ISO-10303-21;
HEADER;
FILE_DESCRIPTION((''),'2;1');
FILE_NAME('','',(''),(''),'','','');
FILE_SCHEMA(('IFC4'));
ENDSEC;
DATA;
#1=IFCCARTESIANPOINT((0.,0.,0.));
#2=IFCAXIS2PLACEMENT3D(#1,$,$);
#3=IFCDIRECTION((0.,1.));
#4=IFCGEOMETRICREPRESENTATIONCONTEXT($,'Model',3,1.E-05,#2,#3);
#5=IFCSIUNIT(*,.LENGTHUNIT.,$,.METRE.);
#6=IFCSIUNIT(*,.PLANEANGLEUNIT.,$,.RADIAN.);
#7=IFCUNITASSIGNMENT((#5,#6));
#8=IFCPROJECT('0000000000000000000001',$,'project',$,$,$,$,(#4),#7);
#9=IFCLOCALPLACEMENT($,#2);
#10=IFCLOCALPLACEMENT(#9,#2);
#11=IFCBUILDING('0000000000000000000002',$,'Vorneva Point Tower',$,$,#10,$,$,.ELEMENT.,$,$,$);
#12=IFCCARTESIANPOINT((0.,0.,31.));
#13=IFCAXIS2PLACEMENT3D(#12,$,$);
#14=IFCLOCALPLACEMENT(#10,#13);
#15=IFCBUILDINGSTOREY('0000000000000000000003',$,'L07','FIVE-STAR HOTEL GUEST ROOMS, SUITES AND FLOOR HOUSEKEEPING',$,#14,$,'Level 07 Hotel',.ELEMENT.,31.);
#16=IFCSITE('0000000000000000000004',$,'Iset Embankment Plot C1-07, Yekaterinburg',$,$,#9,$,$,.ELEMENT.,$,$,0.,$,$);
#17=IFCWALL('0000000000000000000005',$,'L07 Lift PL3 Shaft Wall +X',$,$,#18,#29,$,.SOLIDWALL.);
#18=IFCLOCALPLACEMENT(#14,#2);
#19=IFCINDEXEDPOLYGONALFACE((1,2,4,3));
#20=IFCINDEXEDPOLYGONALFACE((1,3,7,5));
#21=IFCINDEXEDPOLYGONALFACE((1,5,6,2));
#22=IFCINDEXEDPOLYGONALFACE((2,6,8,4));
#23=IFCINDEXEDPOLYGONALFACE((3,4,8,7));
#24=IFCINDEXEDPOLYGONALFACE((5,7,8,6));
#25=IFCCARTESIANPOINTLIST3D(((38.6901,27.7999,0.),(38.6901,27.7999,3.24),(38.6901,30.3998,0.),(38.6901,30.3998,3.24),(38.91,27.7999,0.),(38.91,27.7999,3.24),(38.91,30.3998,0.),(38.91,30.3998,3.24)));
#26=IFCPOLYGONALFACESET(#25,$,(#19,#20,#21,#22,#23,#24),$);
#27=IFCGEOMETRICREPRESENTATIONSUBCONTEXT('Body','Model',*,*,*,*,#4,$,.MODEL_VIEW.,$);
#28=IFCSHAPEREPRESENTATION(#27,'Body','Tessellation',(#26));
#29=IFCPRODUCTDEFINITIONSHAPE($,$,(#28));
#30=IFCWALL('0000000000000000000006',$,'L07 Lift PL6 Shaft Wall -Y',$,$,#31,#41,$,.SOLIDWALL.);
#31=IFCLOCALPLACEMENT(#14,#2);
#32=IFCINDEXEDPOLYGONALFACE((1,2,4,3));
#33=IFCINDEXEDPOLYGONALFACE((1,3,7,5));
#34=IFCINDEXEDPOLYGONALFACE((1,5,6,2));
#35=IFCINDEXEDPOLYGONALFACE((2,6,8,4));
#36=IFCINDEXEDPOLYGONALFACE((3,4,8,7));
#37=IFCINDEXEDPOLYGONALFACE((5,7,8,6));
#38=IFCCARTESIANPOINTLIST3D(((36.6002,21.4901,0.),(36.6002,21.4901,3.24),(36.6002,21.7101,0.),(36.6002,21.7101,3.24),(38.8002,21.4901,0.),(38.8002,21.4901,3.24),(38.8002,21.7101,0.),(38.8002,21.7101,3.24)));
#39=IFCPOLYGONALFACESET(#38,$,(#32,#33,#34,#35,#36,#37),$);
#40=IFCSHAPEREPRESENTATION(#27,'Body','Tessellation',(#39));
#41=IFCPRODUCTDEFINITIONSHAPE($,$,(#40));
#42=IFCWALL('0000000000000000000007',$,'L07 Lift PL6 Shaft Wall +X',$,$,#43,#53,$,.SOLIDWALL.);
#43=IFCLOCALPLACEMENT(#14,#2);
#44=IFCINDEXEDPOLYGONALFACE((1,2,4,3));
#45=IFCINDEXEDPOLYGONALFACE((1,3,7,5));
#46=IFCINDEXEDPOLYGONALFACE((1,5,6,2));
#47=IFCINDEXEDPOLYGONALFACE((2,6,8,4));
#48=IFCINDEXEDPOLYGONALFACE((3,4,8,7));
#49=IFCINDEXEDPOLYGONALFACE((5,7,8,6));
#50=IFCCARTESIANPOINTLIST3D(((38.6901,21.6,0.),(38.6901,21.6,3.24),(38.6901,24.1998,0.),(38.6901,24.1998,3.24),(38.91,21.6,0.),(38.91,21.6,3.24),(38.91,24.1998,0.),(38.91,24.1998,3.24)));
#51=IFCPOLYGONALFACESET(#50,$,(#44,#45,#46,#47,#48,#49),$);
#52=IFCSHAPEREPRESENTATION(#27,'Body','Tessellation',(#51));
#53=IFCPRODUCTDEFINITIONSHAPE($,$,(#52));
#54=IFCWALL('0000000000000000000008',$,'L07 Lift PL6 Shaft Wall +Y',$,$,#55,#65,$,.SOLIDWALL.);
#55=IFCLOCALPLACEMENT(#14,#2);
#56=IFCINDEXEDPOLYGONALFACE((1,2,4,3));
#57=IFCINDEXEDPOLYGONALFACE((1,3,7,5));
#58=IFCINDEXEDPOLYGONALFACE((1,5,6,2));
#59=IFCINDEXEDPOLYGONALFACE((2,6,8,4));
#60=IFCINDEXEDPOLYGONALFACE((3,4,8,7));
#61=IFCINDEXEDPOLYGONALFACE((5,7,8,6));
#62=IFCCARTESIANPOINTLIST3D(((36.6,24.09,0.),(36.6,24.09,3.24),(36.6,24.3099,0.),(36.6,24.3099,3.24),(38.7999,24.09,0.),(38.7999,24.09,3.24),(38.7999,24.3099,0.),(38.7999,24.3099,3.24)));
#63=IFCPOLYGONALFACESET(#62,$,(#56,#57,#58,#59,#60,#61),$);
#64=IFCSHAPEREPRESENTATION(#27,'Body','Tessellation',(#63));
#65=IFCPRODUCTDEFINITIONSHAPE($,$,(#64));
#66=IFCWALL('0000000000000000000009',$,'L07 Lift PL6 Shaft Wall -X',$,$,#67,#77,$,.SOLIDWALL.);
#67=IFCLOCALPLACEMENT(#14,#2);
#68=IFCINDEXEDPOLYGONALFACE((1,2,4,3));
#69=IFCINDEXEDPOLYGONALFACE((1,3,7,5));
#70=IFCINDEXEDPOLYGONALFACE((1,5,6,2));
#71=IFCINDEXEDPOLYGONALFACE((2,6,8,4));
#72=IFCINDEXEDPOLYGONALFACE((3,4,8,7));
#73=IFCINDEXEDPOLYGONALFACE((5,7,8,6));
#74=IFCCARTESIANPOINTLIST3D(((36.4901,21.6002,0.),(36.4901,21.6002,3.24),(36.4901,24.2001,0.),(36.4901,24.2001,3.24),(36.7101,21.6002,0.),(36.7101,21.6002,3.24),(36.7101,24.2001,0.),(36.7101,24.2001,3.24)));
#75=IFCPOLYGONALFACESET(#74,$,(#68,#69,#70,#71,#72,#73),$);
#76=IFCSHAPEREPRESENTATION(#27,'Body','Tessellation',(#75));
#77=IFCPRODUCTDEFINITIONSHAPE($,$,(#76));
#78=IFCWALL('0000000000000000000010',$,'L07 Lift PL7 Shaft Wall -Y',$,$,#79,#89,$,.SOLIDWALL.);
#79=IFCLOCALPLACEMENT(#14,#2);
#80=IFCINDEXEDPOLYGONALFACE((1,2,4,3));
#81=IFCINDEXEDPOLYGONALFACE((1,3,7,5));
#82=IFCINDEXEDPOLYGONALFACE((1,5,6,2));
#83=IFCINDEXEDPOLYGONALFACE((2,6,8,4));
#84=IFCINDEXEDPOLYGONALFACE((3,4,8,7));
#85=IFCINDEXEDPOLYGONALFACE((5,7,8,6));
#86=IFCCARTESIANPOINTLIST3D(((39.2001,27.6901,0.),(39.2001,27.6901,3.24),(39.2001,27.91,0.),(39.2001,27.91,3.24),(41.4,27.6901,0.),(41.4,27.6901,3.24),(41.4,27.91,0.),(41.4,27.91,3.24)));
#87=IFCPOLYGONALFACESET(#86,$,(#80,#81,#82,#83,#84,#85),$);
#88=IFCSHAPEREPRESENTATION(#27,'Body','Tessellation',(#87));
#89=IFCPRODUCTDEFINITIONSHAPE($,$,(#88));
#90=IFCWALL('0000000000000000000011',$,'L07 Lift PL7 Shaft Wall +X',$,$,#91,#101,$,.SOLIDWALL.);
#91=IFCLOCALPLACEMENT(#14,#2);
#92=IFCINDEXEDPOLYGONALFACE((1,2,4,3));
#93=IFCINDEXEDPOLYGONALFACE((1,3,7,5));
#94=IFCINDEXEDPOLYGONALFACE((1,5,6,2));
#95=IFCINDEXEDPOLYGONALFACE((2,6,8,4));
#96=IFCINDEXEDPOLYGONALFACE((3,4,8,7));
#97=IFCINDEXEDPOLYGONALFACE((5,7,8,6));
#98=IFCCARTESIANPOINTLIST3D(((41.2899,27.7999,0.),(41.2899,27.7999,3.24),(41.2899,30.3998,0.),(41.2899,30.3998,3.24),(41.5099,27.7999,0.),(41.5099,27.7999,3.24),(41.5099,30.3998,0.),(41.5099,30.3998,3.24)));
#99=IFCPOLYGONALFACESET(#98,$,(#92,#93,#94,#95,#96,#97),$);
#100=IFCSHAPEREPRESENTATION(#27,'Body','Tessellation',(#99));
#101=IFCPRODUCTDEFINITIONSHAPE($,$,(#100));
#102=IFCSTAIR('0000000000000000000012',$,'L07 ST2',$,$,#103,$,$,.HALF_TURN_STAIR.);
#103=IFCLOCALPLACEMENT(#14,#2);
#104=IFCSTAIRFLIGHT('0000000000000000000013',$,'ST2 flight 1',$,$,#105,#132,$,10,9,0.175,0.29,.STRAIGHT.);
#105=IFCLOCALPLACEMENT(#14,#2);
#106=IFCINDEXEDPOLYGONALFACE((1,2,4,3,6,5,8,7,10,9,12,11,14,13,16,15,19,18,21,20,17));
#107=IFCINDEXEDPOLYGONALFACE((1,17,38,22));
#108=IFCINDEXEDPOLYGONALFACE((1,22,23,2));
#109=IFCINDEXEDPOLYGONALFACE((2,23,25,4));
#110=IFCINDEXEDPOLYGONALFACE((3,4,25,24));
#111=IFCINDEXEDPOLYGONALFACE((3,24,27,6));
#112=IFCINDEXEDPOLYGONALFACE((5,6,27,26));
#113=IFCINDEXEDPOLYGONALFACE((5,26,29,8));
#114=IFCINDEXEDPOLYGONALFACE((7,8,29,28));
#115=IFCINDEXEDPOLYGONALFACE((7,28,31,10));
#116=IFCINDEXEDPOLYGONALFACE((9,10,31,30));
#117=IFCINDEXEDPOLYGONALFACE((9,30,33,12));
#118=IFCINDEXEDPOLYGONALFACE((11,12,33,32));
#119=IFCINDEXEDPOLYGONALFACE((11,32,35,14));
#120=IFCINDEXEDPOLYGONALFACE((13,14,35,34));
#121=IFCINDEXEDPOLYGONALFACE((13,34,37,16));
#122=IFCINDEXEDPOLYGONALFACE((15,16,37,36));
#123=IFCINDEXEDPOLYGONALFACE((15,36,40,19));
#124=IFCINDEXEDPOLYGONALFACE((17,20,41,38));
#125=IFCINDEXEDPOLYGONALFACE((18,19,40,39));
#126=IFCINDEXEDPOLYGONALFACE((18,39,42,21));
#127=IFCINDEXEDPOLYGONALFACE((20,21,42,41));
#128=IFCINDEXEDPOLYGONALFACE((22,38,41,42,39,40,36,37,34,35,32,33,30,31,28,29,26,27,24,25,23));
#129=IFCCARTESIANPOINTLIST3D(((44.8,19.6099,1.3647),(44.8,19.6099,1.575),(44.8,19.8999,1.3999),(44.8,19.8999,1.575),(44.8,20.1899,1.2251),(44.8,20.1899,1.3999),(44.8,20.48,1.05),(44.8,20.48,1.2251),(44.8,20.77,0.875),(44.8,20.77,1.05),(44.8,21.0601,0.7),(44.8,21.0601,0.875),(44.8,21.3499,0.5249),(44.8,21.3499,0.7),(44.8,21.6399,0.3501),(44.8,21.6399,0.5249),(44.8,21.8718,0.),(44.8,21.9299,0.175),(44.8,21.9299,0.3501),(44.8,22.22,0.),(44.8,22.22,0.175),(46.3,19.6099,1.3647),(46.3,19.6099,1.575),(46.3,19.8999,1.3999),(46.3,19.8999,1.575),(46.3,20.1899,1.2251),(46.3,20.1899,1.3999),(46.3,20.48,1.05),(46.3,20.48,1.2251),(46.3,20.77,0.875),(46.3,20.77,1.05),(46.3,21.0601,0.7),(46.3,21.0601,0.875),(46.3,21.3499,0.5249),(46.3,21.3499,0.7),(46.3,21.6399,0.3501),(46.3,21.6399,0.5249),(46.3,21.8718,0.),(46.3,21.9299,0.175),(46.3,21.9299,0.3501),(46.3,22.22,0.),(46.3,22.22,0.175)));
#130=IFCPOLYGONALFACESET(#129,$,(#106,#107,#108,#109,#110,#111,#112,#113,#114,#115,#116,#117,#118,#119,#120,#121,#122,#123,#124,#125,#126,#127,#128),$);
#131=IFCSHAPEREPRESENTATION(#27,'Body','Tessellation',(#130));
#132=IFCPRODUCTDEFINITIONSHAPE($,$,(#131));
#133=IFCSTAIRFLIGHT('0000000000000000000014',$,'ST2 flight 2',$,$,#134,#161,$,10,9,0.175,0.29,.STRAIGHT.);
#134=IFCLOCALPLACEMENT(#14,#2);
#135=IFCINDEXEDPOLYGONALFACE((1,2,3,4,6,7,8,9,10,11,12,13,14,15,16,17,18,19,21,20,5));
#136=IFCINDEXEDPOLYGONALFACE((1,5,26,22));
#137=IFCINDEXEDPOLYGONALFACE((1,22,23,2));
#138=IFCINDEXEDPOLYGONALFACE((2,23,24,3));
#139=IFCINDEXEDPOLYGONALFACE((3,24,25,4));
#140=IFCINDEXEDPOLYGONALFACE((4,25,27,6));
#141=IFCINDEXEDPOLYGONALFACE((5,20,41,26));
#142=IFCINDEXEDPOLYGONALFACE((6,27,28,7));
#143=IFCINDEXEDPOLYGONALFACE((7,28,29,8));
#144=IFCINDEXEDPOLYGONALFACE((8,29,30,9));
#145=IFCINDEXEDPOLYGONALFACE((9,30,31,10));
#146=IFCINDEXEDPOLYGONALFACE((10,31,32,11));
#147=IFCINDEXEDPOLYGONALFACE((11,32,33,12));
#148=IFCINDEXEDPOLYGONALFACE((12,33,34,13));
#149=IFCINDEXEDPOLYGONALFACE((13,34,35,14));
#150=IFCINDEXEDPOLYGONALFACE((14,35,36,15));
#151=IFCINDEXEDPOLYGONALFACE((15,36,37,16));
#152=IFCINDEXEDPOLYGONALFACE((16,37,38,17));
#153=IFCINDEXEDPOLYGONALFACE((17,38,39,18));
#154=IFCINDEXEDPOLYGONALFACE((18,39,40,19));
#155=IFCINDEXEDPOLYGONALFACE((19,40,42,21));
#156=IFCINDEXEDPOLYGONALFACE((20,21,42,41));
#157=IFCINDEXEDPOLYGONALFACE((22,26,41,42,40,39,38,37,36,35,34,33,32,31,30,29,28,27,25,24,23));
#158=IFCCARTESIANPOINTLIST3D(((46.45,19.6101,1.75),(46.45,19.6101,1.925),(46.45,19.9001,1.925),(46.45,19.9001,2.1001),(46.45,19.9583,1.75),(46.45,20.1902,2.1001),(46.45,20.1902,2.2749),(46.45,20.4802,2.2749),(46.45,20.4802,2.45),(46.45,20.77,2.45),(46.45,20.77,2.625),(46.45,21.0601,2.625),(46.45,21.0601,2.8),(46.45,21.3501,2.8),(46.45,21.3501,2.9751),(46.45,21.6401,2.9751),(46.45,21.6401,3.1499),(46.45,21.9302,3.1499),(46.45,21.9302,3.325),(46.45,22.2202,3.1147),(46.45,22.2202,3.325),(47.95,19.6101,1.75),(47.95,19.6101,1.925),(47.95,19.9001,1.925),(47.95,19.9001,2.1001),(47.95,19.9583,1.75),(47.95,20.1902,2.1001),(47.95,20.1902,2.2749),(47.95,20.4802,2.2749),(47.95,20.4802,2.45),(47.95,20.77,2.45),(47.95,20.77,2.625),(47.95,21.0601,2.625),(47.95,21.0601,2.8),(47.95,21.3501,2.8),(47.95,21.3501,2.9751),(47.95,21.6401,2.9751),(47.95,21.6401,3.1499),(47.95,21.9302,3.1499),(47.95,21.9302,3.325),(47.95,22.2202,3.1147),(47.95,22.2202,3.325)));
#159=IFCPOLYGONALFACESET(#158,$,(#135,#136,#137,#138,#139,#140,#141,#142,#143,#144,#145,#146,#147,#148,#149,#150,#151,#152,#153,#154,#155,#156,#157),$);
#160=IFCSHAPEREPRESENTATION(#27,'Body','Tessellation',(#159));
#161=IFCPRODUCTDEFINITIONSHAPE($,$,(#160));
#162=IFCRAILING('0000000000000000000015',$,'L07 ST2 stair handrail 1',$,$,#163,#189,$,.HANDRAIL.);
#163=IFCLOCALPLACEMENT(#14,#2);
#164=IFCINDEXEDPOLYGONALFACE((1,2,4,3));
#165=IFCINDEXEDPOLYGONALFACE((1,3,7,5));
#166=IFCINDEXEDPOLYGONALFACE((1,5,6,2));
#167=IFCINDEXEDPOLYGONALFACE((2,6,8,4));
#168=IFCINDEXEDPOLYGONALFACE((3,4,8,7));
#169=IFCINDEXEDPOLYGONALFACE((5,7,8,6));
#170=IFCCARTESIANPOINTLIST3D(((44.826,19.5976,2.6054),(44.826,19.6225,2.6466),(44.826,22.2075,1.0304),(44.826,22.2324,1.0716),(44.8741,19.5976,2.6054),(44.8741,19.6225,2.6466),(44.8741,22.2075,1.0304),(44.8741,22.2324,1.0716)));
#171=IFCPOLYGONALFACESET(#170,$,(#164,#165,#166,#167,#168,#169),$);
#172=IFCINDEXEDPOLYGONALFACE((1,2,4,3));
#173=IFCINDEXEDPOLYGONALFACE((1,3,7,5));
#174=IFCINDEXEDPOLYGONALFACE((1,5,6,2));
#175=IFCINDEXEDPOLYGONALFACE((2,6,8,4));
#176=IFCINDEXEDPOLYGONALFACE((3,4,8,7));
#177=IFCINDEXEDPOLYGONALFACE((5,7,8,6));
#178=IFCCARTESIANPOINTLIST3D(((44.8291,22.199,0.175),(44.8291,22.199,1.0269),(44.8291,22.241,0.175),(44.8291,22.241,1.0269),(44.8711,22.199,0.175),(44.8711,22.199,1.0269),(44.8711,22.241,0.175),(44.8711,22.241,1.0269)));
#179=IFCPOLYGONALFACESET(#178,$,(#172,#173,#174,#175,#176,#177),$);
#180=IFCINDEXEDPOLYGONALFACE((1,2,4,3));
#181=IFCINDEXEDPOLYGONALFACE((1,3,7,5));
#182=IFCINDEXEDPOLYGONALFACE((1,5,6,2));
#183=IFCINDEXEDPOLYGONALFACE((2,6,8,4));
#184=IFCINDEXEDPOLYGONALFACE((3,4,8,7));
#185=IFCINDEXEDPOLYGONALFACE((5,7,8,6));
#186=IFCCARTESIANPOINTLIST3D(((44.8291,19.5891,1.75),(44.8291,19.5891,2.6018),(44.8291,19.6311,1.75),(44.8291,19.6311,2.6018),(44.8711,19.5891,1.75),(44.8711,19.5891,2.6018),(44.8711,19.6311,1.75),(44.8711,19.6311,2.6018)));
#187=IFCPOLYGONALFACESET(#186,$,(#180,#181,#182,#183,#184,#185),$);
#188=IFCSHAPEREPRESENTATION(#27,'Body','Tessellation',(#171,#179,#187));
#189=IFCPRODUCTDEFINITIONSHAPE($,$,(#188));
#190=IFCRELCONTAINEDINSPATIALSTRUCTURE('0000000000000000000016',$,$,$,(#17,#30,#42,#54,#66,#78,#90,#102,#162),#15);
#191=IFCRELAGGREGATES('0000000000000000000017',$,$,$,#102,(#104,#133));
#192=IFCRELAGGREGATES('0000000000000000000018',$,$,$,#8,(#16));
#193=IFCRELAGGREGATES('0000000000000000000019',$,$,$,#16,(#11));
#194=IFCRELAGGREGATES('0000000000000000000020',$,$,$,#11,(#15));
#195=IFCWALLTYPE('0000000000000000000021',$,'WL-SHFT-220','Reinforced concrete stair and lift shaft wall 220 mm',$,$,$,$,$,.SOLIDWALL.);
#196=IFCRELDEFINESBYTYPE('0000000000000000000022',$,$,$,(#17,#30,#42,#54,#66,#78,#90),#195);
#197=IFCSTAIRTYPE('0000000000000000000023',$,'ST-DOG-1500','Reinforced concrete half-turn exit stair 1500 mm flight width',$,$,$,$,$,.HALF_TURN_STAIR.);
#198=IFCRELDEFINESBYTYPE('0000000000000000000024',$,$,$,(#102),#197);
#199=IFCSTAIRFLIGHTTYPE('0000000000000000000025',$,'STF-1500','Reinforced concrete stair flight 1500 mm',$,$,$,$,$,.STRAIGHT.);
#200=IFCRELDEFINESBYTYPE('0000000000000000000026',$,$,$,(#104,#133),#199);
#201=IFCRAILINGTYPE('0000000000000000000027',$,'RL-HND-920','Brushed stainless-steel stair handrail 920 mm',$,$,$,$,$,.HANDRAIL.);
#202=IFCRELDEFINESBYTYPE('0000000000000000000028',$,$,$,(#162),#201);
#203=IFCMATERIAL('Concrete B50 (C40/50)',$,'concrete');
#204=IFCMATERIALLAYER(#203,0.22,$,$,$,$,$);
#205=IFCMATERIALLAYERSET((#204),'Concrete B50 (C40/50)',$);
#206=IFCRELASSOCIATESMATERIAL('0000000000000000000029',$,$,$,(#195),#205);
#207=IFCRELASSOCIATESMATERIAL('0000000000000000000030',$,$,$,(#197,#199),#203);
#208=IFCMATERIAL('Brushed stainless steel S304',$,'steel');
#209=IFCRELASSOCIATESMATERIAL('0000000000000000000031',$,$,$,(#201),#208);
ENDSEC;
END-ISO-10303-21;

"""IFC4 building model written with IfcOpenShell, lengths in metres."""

from ifc_helpers import new_model, si_unit, direction, frame, frame_2d, origin, origin_2d, place, context, subcontext, project, spatial, polyline, rectangle, outline, extrude, material, layer, layer_set, type_object, element, aggregate, save


model = new_model("IFC4")

# Units and contexts
model_context = context("Model", 3, precision=1e-05, world=origin(), true_north=direction((0.0, 1.0)))
body_context = subcontext(model_context, "Body", "Model", "MODEL_VIEW")
ifc_project = project(units=[si_unit("LENGTHUNIT", "METRE"), si_unit("PLANEANGLEUNIT", "RADIAN")], contexts=[model_context])

# Site, building, storey
site_placement = place(None, origin())
site = spatial("IfcSite", under=ifc_project, at=site_placement, Name="Iset Embankment Plot C1-07, Yekaterinburg", CompositionType="ELEMENT", RefElevation=0.0)
building_placement = place(site_placement, origin())
building = spatial("IfcBuilding", under=site, at=building_placement, Name="Vorneva Point Tower", CompositionType="ELEMENT")
storey_placement = place(building_placement, frame((0.0, 0.0, 31.0)))
storey = spatial("IfcBuildingStorey", under=building, at=storey_placement, Name="L07", Description="FIVE-STAR HOTEL GUEST ROOMS, SUITES AND FLOOR HOUSEKEEPING", LongName="Level 07 Hotel", CompositionType="ELEMENT", Elevation=31.0)

# Shared definitions
ifc_material_1 = material(Name="Concrete B50 (C40/50)", Category="concrete")
ifc_layer_1 = layer(ifc_material_1, 0.22)
ifc_layer_set_1 = layer_set([ifc_layer_1], Name="Concrete B50 (C40/50)")
wall_type_1 = type_object("IfcWallType", Name="WL-SHFT-220", Description="Reinforced concrete stair and lift shaft wall 220 mm", PredefinedType="SOLIDWALL", material=ifc_layer_set_1)

# Shared definitions
ifc_material_2 = material(Name="Brushed stainless steel S304", Category="steel")

# Walls
wall_1_placement = place(storey_placement, frame((38.8, 27.8, 0.0), z_axis=(0.0, 0.0, 1.0), x_axis=(0.0, 1.0, 0.0)))
element("IfcWall", 1, at=wall_1_placement, inside=storey, type_object=wall_type_1, Name="L07 Lift PL3 Shaft Wall +X", PredefinedType="SOLIDWALL", context=body_context, shape_type="SweptSolid", body=[
    extrude(rectangle(XDim=2.5999, YDim=0.22, at=frame_2d((1.2998, 0.0))), origin(), (0.0, 0.0, 1.0), 3.24),
])
wall_2_placement = place(storey_placement, frame((36.6001, 21.6001, 0.0), z_axis=(0.0, 0.0, 1.0), x_axis=(1.0, 0.0, 0.0)))
element("IfcWall", 2, at=wall_2_placement, inside=storey, type_object=wall_type_1, Name="L07 Lift PL6 Shaft Wall -Y", PredefinedType="SOLIDWALL", context=body_context, shape_type="SweptSolid", body=[
    extrude(rectangle(XDim=2.2, YDim=0.22, at=frame_2d((1.1001, 0.0))), origin(), (0.0, 0.0, 1.0), 3.24),
])
wall_3_placement = place(storey_placement, frame((38.8, 21.6001, 0.0), z_axis=(0.0, 0.0, 1.0), x_axis=(0.0, 1.0, 0.0)))
element("IfcWall", 3, at=wall_3_placement, inside=storey, type_object=wall_type_1, Name="L07 Lift PL6 Shaft Wall +X", PredefinedType="SOLIDWALL", context=body_context, shape_type="SweptSolid", body=[
    extrude(rectangle(XDim=2.5999, YDim=0.22, at=frame_2d((1.2998, 0.0))), origin(), (0.0, 0.0, 1.0), 3.24),
])
wall_4_placement = place(storey_placement, frame((38.8, 24.2, 0.0), z_axis=(0.0, 0.0, 1.0), x_axis=(-1.0, 0.0, 0.0)))
element("IfcWall", 4, at=wall_4_placement, inside=storey, type_object=wall_type_1, Name="L07 Lift PL6 Shaft Wall +Y", PredefinedType="SOLIDWALL", context=body_context, shape_type="SweptSolid", body=[
    extrude(rectangle(XDim=2.2, YDim=0.22, at=frame_2d((1.1001, 0.0))), origin(), (0.0, 0.0, 1.0), 3.24),
])
wall_5_placement = place(storey_placement, frame((36.6001, 24.2, 0.0), z_axis=(0.0, 0.0, 1.0), x_axis=(0.0, -1.0, 0.0)))
element("IfcWall", 5, at=wall_5_placement, inside=storey, type_object=wall_type_1, Name="L07 Lift PL6 Shaft Wall -X", PredefinedType="SOLIDWALL", context=body_context, shape_type="SweptSolid", body=[
    extrude(rectangle(XDim=2.5999, YDim=0.22, at=frame_2d((1.2998, 0.0))), origin(), (0.0, 0.0, 1.0), 3.24),
])
wall_6_placement = place(storey_placement, frame((39.2, 27.8, 0.0), z_axis=(0.0, 0.0, 1.0), x_axis=(1.0, 0.0, 0.0)))
element("IfcWall", 6, at=wall_6_placement, inside=storey, type_object=wall_type_1, Name="L07 Lift PL7 Shaft Wall -Y", PredefinedType="SOLIDWALL", context=body_context, shape_type="SweptSolid", body=[
    extrude(rectangle(XDim=2.2, YDim=0.22, at=frame_2d((1.1001, 0.0))), origin(), (0.0, 0.0, 1.0), 3.24),
])
wall_7_placement = place(storey_placement, frame((41.3999, 27.8, 0.0), z_axis=(0.0, 0.0, 1.0), x_axis=(0.0, 1.0, 0.0)))
element("IfcWall", 7, at=wall_7_placement, inside=storey, type_object=wall_type_1, Name="L07 Lift PL7 Shaft Wall +X", PredefinedType="SOLIDWALL", context=body_context, shape_type="SweptSolid", body=[
    extrude(rectangle(XDim=2.5999, YDim=0.22, at=frame_2d((1.2998, 0.0))), origin(), (0.0, 0.0, 1.0), 3.24),
])

# Stair, stair flights
stair_type = type_object("IfcStairType", Name="ST-DOG-1500", Description="Reinforced concrete half-turn exit stair 1500 mm flight width", PredefinedType="HALF_TURN_STAIR", material=ifc_material_1)
stair_placement = place(storey_placement, origin())
stair = element("IfcStair", 8, at=stair_placement, inside=storey, type_object=stair_type, Name="L07 ST2", PredefinedType="HALF_TURN_STAIR")
stair_flight_type = type_object("IfcStairFlightType", Name="STF-1500", Description="Reinforced concrete stair flight 1500 mm", PredefinedType="STRAIGHT", material=ifc_material_1)
stair_flight_1_placement = place(storey_placement, frame((45.55, 22.22, 0.0), z_axis=(0.0, 0.0, 1.0), x_axis=(0.0, -1.0, 0.0)))
stair_flight_1 = element("IfcStairFlight", 9, at=stair_flight_1_placement, type_object=stair_flight_type, Name="ST2 flight 1", NumberOfRisers=10, NumberOfTreads=9, PredefinedType="STRAIGHT", RiserHeight=0.175, TreadLength=0.29, context=body_context, shape_type="SweptSolid", body=[
    extrude(outline(polyline([(0.0, 0.0), (0.0, 0.175), (0.29, 0.175), (0.29, 0.3501), (0.5801, 0.3501), (0.5801, 0.5249), (0.8701, 0.5249), (0.8701, 0.7), (1.1599, 0.7), (1.1599, 0.875), (1.45, 0.875), (1.45, 1.05), (1.74, 1.05), (1.74, 1.2251), (2.03, 1.2251), (2.03, 1.3999), (2.3201, 1.3999), (2.3201, 1.575), (2.6101, 1.575), (2.6101, 1.75), (2.6101, 1.3647), (0.3481, 0.0), (0.0, 0.0)])), frame((0.0, 0.75, 0.0), z_axis=(0.0, -1.0, 0.0), x_axis=(1.0, 0.0, 0.0)), (0.0, 0.0, 1.0), 1.5),
])
stair_flight_2_placement = place(storey_placement, frame((47.2, 19.6101, 1.75), z_axis=(0.0, 0.0, 1.0), x_axis=(0.0, 1.0, 0.0)))
stair_flight_2 = element("IfcStairFlight", 10, at=stair_flight_2_placement, type_object=stair_flight_type, Name="ST2 flight 2", NumberOfRisers=10, NumberOfTreads=9, PredefinedType="STRAIGHT", RiserHeight=0.175, TreadLength=0.29, context=body_context, shape_type="SweptSolid", body=[
    extrude(outline(polyline([(0.0, 0.0), (0.0, 0.175), (0.29, 0.175), (0.29, 0.3501), (0.5801, 0.3501), (0.5801, 0.5249), (0.8701, 0.5249), (0.8701, 0.7), (1.1599, 0.7), (1.1599, 0.875), (1.45, 0.875), (1.45, 1.05), (1.74, 1.05), (1.74, 1.2251), (2.03, 1.2251), (2.03, 1.3999), (2.3201, 1.3999), (2.3201, 1.575), (2.6101, 1.575), (2.6101, 1.75), (2.6101, 1.3647), (0.3481, 0.0), (0.0, 0.0)])), frame((0.0, 0.75, 0.0), z_axis=(0.0, -1.0, 0.0), x_axis=(1.0, 0.0, 0.0)), (0.0, 0.0, 1.0), 1.5),
])
aggregate(stair, [stair_flight_1, stair_flight_2])

# Railing
railing_type_1 = type_object("IfcRailingType", Name="RL-HND-920", Description="Brushed stainless-steel stair handrail 920 mm", PredefinedType="HANDRAIL", material=ifc_material_2)
railing_1_placement = place(storey_placement, frame((44.8501, 22.22, 0.175)))
element("IfcRailing", 11, at=railing_1_placement, inside=storey, type_object=railing_type_1, Name="L07 ST2 stair handrail 1", PredefinedType="HANDRAIL", context=body_context, shape_type="SweptSolid", body=[
    extrude(rectangle(XDim=0.0481, YDim=0.0481, at=origin_2d()), frame((0.0, 0.0, 0.876), z_axis=(0.0, -0.856183, 0.516673), x_axis=(1.0, 0.0, 0.0)), (0.0, 0.0, 1.0), 3.0483),
    extrude(rectangle(XDim=0.042, YDim=0.042, at=origin_2d()), origin(), (0.0, 0.0, 1.0), 0.8518),
    extrude(rectangle(XDim=0.042, YDim=0.042, at=origin_2d()), frame((0.0, -2.6099, 1.575)), (0.0, 0.0, 1.0), 0.8518),
])

save(model, "model.ifc")
